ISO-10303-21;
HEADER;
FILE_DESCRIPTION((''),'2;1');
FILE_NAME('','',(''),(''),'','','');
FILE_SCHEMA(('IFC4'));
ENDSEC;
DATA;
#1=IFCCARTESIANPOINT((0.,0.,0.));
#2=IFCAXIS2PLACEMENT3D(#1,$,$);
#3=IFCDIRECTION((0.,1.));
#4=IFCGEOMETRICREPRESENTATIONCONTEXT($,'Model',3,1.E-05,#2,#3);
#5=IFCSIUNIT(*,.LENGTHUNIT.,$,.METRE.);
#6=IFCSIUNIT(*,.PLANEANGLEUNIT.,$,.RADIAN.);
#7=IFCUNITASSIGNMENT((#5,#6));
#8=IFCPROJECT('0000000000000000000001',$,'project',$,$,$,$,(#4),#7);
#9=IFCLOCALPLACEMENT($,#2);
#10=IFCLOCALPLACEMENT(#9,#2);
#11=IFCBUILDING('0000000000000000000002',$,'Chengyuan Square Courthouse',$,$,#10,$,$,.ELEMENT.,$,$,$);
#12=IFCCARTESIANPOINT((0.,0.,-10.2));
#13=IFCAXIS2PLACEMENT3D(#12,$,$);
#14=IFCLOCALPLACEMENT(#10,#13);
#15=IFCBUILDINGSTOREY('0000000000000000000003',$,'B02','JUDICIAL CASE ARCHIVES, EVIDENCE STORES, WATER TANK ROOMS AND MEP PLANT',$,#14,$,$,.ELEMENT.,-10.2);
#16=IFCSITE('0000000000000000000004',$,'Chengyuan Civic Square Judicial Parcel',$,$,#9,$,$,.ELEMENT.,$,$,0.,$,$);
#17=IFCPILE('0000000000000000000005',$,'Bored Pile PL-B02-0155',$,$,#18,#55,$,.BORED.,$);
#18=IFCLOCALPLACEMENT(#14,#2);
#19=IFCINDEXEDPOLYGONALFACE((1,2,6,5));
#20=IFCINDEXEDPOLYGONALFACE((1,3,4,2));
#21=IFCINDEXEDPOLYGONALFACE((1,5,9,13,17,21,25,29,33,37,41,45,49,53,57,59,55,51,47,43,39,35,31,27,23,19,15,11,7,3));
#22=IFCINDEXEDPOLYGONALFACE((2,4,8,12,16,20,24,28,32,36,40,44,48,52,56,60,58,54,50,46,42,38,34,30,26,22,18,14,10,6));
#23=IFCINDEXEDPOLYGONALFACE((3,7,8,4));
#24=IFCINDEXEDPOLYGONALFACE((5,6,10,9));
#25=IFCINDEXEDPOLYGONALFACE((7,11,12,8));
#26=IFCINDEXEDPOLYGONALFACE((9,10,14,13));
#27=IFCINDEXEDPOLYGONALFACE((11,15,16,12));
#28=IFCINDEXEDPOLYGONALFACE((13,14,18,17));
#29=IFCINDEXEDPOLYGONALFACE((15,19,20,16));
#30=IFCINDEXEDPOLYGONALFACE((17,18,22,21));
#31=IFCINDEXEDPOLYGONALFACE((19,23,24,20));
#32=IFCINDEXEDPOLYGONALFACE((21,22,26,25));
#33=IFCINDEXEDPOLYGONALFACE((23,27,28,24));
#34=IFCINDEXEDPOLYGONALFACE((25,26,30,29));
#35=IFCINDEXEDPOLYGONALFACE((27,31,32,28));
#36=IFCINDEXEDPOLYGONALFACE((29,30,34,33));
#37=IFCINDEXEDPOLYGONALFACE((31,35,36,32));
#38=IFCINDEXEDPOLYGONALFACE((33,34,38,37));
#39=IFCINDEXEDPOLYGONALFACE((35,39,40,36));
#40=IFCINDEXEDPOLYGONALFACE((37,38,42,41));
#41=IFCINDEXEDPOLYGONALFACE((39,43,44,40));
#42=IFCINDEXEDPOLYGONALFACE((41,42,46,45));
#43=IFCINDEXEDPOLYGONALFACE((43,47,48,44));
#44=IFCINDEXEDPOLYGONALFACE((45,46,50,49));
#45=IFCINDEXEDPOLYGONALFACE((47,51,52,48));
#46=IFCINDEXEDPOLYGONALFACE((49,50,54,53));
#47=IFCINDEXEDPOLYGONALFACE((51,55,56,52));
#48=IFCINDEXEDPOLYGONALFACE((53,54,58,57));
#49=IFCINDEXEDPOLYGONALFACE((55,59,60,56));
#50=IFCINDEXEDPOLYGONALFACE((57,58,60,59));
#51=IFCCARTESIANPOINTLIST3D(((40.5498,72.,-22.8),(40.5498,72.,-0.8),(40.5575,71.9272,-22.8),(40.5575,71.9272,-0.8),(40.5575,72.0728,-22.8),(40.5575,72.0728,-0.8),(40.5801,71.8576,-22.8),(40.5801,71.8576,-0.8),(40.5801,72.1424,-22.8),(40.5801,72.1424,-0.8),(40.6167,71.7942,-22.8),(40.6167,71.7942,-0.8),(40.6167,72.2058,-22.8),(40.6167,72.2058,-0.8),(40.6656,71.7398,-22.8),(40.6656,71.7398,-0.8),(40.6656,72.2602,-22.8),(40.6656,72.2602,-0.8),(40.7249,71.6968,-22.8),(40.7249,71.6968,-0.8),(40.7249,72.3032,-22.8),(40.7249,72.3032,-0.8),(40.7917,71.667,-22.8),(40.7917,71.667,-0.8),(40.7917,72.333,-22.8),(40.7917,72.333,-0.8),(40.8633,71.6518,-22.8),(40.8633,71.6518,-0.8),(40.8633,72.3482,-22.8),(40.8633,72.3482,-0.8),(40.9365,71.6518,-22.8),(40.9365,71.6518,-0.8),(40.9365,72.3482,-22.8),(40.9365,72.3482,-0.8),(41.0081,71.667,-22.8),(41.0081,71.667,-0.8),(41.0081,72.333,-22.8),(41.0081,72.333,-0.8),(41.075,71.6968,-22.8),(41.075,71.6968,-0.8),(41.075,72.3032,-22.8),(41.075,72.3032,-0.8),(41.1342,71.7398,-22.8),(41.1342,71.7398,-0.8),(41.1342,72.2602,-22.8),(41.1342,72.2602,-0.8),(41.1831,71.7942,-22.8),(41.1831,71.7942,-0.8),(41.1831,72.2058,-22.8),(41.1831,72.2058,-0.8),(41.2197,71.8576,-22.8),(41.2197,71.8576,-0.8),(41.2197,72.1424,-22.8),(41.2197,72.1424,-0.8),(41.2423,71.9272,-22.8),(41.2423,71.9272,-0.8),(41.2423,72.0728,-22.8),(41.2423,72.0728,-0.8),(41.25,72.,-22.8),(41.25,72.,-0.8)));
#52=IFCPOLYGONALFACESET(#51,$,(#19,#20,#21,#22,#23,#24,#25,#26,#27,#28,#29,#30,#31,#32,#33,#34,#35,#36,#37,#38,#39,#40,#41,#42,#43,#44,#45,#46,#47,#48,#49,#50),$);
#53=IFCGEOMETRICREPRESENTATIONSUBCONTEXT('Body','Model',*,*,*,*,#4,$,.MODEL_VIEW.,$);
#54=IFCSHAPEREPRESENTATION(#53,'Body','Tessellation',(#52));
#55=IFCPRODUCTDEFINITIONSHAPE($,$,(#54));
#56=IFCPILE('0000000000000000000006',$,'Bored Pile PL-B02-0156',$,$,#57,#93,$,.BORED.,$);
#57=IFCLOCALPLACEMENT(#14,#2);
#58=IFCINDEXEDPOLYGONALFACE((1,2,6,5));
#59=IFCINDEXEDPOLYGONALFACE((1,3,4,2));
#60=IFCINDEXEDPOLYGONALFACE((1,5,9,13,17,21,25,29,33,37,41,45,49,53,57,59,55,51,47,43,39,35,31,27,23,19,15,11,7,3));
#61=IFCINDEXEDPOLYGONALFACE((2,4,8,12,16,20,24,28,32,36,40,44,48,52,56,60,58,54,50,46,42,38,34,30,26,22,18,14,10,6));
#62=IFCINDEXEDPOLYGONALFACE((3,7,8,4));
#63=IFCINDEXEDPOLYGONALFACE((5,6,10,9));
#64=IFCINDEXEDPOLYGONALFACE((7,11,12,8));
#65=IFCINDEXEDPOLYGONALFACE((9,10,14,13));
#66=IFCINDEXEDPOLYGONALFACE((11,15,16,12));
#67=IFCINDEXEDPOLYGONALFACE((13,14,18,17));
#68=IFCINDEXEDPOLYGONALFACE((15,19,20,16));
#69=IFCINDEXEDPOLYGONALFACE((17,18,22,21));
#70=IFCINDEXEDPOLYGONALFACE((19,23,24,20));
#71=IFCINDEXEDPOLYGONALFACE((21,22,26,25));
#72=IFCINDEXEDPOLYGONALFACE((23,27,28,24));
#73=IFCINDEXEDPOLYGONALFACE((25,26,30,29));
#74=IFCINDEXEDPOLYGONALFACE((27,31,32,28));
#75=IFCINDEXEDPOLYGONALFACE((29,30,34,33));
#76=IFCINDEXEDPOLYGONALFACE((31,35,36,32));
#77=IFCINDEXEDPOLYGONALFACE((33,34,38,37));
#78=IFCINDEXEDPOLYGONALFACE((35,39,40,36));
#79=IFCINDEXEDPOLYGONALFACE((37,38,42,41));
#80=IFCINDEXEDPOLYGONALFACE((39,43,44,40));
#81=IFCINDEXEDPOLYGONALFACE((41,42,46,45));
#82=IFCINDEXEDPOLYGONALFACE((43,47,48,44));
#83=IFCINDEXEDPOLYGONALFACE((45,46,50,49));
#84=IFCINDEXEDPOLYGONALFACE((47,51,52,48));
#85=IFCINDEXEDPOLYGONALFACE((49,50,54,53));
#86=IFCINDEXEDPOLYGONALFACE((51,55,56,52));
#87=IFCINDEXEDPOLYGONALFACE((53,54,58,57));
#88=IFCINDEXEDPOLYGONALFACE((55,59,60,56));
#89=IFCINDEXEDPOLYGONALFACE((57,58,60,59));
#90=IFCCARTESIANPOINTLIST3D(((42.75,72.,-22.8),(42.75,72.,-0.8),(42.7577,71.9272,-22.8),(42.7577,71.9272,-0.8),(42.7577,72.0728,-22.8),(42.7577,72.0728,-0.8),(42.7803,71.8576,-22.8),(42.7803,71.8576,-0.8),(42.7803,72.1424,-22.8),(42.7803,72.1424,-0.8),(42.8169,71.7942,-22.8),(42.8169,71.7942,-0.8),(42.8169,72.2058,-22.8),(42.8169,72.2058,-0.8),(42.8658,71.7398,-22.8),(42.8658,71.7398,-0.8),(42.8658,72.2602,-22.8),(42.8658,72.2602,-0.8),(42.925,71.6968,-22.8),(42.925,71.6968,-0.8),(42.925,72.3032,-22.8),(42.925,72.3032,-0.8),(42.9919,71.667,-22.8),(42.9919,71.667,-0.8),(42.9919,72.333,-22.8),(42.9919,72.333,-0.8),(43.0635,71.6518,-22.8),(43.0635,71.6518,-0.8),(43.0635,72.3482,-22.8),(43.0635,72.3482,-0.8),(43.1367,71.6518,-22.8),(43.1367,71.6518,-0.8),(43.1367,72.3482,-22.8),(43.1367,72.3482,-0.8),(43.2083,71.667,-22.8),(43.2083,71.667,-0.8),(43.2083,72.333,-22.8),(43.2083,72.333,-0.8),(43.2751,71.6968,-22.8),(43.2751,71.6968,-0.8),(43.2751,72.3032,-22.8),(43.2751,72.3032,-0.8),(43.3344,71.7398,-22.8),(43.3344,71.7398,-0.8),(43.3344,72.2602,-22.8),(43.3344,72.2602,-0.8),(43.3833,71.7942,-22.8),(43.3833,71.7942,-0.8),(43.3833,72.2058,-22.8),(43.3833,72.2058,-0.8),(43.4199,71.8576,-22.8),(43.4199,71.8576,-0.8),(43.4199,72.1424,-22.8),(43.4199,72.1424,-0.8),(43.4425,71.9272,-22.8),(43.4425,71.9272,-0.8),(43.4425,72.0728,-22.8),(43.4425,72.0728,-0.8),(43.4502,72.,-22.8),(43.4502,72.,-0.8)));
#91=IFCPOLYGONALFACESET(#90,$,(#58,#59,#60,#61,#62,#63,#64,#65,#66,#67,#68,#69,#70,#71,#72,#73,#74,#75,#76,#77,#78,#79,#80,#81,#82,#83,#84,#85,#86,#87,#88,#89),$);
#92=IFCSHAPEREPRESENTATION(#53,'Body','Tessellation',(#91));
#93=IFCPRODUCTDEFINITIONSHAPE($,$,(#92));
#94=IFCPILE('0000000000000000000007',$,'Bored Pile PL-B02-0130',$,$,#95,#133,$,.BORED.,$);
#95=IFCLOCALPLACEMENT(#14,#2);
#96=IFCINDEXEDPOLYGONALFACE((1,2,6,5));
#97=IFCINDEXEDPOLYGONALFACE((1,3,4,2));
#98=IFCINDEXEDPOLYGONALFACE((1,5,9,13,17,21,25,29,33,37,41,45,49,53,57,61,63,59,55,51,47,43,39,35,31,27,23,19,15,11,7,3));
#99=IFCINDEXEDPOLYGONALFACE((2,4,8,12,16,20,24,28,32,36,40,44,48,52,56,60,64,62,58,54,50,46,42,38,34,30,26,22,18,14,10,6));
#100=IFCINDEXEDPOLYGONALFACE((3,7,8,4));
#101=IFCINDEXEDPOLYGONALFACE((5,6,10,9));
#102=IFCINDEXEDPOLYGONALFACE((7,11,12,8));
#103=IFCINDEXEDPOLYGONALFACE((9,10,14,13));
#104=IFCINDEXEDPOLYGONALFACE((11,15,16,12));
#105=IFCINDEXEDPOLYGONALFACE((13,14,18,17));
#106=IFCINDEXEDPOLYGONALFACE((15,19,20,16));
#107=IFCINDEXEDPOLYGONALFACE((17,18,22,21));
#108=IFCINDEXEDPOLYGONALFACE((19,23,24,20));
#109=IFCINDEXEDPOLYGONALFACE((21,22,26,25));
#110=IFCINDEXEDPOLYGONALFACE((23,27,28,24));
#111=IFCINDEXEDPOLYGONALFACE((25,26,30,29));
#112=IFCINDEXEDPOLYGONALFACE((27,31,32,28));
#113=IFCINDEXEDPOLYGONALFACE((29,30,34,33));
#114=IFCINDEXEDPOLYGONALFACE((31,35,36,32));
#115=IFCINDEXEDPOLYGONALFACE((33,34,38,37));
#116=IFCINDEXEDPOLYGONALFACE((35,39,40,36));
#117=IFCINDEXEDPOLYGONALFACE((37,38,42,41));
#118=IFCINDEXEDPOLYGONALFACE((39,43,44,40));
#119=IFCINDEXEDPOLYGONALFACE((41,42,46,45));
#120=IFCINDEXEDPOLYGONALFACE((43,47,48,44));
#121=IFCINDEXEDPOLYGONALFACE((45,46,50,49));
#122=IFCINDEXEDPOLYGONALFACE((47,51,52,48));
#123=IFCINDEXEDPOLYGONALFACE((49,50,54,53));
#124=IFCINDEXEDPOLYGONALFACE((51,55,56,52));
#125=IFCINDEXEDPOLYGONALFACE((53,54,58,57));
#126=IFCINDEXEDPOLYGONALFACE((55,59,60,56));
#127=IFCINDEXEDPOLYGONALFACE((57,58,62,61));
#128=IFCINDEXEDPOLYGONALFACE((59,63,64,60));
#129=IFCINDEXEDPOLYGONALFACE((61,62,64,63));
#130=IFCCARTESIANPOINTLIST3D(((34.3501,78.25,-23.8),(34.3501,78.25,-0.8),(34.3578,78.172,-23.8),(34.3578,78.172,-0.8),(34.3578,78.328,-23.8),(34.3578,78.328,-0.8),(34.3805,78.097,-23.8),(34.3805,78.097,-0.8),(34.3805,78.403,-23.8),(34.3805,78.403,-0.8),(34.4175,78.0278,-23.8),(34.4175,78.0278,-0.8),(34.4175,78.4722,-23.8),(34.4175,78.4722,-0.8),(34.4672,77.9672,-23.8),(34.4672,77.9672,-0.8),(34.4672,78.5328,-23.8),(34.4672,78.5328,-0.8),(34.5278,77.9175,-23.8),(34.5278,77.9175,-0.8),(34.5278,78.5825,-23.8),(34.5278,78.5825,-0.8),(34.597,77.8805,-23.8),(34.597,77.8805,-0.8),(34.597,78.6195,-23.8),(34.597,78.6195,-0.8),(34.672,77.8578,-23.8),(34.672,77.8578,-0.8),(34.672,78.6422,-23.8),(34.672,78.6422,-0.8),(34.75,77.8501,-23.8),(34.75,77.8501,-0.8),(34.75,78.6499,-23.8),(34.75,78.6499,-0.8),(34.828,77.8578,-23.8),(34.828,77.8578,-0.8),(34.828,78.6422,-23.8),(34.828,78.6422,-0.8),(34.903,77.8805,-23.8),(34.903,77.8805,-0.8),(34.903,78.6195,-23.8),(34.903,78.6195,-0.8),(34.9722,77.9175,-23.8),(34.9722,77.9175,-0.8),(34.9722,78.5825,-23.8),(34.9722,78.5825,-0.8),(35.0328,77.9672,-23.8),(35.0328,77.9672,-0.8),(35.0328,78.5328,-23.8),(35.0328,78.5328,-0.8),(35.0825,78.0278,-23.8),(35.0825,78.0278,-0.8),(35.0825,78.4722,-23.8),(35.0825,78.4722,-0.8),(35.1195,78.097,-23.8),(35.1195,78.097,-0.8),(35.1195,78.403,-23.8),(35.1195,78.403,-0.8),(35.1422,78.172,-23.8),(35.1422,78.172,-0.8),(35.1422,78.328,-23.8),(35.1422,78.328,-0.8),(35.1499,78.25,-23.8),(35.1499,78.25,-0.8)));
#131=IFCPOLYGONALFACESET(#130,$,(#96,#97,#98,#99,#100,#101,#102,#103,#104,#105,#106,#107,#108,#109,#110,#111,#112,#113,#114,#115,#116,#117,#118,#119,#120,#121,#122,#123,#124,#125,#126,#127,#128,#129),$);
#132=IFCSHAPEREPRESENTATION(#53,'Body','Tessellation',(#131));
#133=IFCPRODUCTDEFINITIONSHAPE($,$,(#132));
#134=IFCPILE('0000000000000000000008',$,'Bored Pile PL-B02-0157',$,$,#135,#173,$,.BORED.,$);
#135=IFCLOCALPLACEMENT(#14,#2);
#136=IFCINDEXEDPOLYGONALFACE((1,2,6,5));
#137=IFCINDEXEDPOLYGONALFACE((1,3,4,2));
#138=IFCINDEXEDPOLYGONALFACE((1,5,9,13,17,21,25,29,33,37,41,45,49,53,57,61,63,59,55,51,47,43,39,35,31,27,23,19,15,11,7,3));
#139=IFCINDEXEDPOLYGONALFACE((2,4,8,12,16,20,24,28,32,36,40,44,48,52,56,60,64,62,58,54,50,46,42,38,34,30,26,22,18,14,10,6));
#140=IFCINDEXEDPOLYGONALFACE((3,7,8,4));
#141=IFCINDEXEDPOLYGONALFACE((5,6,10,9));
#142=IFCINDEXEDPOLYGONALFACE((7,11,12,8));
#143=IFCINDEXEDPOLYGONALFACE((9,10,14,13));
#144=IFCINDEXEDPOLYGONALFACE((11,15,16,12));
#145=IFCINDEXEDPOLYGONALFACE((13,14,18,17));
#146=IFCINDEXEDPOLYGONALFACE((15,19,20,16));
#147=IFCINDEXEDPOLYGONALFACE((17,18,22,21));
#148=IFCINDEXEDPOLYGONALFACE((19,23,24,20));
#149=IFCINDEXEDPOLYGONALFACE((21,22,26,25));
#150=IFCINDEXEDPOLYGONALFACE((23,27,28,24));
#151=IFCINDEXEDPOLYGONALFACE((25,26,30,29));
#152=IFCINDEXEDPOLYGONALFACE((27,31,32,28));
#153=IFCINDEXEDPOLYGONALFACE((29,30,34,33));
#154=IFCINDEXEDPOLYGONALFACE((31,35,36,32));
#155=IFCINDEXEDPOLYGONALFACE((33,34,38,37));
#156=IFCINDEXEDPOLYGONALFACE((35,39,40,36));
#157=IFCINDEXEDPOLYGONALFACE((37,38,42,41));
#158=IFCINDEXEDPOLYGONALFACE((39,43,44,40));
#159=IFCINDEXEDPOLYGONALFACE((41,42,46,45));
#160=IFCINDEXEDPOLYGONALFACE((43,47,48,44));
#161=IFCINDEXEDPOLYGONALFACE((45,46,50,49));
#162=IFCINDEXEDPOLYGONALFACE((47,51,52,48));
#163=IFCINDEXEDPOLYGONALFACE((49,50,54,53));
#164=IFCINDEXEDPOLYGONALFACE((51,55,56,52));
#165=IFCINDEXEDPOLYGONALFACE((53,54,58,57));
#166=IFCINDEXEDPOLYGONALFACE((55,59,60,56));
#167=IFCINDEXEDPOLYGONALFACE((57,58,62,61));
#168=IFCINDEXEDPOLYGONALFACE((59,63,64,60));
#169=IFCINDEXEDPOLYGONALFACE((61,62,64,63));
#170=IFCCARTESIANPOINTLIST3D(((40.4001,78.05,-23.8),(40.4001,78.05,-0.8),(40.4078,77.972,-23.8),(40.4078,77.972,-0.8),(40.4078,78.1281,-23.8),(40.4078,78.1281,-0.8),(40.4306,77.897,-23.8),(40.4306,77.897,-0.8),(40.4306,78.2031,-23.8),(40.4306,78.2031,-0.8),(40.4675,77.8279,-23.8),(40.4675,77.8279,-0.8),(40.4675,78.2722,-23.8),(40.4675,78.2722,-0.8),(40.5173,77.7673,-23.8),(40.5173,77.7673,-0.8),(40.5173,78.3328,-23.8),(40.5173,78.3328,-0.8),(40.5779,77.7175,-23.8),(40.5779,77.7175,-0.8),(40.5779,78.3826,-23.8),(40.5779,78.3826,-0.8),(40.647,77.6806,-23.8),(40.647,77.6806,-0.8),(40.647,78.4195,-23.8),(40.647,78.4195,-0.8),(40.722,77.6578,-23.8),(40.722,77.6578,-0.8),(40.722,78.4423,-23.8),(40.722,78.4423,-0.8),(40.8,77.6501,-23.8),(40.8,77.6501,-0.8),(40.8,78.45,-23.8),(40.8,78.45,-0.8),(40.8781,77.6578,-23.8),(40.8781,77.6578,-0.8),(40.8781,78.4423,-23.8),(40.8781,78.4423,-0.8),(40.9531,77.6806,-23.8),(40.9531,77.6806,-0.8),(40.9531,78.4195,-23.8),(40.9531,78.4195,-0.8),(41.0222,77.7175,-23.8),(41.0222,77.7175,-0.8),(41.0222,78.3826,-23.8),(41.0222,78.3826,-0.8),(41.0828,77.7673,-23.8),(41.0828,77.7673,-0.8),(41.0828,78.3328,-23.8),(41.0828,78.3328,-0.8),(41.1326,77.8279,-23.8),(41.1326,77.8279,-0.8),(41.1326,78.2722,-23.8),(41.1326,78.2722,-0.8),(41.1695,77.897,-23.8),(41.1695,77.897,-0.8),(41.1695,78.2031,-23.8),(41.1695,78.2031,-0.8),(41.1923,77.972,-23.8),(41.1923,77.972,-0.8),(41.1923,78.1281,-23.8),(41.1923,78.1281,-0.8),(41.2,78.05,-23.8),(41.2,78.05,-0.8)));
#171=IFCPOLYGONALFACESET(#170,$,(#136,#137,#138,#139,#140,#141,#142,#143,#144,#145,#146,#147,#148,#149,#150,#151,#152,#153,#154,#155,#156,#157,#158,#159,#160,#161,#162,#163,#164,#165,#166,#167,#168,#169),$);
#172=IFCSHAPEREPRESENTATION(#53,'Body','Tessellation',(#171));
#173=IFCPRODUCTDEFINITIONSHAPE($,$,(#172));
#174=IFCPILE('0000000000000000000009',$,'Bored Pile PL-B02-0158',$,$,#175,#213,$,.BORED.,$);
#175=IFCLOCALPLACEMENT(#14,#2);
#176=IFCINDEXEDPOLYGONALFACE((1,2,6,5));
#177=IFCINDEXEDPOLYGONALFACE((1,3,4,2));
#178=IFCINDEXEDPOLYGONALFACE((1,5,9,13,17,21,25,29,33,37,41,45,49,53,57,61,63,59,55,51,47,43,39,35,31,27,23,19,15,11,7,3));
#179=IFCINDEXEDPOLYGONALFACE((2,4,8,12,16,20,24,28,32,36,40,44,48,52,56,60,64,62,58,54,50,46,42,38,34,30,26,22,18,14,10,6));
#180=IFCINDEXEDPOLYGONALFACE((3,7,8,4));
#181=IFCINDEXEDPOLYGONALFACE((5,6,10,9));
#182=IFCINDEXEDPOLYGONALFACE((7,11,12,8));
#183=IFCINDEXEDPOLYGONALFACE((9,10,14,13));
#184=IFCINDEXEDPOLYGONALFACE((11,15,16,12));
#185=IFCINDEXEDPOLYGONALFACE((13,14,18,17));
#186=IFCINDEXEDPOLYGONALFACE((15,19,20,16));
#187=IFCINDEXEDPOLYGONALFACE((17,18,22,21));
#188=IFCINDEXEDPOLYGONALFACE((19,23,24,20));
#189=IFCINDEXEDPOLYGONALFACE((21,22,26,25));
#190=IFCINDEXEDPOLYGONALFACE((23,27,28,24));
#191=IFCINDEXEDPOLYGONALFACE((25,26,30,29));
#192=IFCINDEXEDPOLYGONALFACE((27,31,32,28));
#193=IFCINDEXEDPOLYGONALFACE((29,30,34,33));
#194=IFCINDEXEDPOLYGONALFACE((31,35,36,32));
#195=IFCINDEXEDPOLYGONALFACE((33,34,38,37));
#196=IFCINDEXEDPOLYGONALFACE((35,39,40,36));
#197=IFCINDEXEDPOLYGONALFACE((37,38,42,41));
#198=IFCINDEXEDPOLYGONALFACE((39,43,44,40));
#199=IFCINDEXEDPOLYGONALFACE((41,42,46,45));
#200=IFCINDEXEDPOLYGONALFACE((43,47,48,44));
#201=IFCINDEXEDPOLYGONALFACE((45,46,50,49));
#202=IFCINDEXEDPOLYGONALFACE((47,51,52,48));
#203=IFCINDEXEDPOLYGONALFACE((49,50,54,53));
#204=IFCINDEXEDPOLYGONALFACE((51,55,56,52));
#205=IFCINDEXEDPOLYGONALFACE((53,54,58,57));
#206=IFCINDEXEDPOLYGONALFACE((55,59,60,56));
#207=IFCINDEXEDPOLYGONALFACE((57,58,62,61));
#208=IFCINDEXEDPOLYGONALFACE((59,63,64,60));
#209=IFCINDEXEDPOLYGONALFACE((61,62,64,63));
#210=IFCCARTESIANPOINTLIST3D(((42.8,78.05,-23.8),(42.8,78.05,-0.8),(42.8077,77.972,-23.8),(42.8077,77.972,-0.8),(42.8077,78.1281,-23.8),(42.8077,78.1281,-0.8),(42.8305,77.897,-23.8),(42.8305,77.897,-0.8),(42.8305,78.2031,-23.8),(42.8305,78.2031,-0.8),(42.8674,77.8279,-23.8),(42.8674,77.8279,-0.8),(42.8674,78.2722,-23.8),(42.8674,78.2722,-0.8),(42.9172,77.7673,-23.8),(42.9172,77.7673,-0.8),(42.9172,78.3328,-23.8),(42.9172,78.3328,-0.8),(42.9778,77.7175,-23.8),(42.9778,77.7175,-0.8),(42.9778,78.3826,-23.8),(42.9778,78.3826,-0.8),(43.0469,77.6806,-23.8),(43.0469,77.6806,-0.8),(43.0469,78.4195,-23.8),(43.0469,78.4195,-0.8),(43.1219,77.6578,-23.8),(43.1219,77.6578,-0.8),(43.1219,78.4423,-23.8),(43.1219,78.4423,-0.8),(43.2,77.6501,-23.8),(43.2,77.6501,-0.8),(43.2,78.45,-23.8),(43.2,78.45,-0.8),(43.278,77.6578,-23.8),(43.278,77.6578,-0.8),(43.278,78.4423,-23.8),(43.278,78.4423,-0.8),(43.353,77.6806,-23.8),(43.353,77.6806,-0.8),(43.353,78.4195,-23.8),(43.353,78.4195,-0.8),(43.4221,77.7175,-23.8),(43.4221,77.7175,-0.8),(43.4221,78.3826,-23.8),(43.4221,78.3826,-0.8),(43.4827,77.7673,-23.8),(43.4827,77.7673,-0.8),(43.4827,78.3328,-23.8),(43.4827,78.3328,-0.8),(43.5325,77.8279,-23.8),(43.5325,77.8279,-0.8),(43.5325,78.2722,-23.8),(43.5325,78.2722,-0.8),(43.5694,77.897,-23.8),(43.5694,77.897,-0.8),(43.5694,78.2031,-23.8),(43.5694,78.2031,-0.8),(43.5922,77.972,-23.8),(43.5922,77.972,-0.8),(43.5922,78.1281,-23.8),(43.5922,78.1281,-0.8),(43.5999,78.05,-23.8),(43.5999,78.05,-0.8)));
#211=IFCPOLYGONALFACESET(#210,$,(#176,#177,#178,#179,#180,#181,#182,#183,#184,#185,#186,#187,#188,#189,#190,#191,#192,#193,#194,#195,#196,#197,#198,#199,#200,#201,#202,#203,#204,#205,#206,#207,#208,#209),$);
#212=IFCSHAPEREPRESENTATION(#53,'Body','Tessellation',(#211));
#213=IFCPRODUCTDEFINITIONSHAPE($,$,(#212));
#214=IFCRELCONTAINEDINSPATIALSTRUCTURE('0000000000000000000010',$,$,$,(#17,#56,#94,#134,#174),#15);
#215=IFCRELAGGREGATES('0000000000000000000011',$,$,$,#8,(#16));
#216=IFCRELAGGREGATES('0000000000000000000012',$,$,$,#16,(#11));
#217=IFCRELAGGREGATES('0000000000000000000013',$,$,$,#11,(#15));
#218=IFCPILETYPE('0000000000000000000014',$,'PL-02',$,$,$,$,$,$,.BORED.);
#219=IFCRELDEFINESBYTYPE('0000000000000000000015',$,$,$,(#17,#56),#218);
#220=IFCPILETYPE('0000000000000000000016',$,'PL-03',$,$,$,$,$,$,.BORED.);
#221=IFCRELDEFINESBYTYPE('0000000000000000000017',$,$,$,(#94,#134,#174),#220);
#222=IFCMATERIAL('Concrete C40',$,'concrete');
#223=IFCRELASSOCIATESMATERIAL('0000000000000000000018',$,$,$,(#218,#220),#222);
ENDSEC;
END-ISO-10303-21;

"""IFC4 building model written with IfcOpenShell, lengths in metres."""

from ifc_helpers import new_model, si_unit, direction, frame, origin, origin_2d, place, context, subcontext, project, spatial, circle, extrude, material, material_profile, profile_set, type_object, element, save


model = new_model("IFC4")

# Units and contexts
model_context = context("Model", 3, precision=1e-05, world=origin(), true_north=direction((0.0, 1.0)))
body_context = subcontext(model_context, "Body", "Model", "MODEL_VIEW")
ifc_project = project(units=[si_unit("LENGTHUNIT", "METRE"), si_unit("PLANEANGLEUNIT", "RADIAN")], contexts=[model_context])

# Site, building, storey
site_placement = place(None, origin())
site = spatial("IfcSite", under=ifc_project, at=site_placement, Name="Chengyuan Civic Square Judicial Parcel", CompositionType="ELEMENT", RefElevation=0.0)
building_placement = place(site_placement, origin())
building = spatial("IfcBuilding", under=site, at=building_placement, Name="Chengyuan Square Courthouse", CompositionType="ELEMENT")
storey_placement = place(building_placement, frame((0.0, 0.0, -10.2)))
storey = spatial("IfcBuildingStorey", under=building, at=storey_placement, Name="B02", Description="JUDICIAL CASE ARCHIVES, EVIDENCE STORES, WATER TANK ROOMS AND MEP PLANT", CompositionType="ELEMENT", Elevation=-10.2)

# Shared definitions
ifc_material_1 = material(Name="Concrete C40", Category="concrete")

# Piles
ifc_material_profile_1 = material_profile(ifc_material_1, circle(Radius=0.3501, at=origin_2d()), Name="BORED PILE D700")
ifc_profile_set_1 = profile_set([ifc_material_profile_1], Name="Concrete C40")
pile_type_1 = type_object("IfcPileType", Name="PL-02", PredefinedType="BORED", material=ifc_profile_set_1)
for number, where, z_axis, x_axis, name in (
    (1, (40.8999, 72.0, -0.8), (0.0, 0.0, -1.0), (1.0, 0.0, 0.0), "Bored Pile PL-B02-0155"),
    (2, (43.1001, 72.0, -0.8), (0.0, 0.0, -1.0), (1.0, 0.0, 0.0), "Bored Pile PL-B02-0156"),
):
    element("IfcPile", number, at=place(storey_placement, frame(where, z_axis=z_axis, x_axis=x_axis)), inside=storey, type_object=pile_type_1, Name=name, PredefinedType="BORED", context=body_context, shape_type="SweptSolid", body=[
        extrude(circle(Radius=0.3501, at=origin_2d()), origin(), (0.0, 0.0, 1.0), 22.0),
    ])
ifc_material_profile_2 = material_profile(ifc_material_1, circle(Radius=0.3999, at=origin_2d()), Name="BORED PILE D800")
ifc_profile_set_2 = profile_set([ifc_material_profile_2], Name="Concrete C40")
pile_type_2 = type_object("IfcPileType", Name="PL-03", PredefinedType="BORED", material=ifc_profile_set_2)
for number, where, z_axis, x_axis, name in (
    (3, (34.75, 78.25, -0.8), (0.0, 0.0, -1.0), (1.0, 0.0, 0.0), "Bored Pile PL-B02-0130"),
    (4, (40.8, 78.05, -0.8), (0.0, 0.0, -1.0), (1.0, 0.0, 0.0), "Bored Pile PL-B02-0157"),
    (5, (43.2, 78.05, -0.8), (0.0, 0.0, -1.0), (1.0, 0.0, 0.0), "Bored Pile PL-B02-0158"),
):
    element("IfcPile", number, at=place(storey_placement, frame(where, z_axis=z_axis, x_axis=x_axis)), inside=storey, type_object=pile_type_2, Name=name, PredefinedType="BORED", context=body_context, shape_type="SweptSolid", body=[
        extrude(circle(Radius=0.3999, at=origin_2d()), origin(), (0.0, 0.0, 1.0), 23.0),
    ])

save(model, "model.ifc")
